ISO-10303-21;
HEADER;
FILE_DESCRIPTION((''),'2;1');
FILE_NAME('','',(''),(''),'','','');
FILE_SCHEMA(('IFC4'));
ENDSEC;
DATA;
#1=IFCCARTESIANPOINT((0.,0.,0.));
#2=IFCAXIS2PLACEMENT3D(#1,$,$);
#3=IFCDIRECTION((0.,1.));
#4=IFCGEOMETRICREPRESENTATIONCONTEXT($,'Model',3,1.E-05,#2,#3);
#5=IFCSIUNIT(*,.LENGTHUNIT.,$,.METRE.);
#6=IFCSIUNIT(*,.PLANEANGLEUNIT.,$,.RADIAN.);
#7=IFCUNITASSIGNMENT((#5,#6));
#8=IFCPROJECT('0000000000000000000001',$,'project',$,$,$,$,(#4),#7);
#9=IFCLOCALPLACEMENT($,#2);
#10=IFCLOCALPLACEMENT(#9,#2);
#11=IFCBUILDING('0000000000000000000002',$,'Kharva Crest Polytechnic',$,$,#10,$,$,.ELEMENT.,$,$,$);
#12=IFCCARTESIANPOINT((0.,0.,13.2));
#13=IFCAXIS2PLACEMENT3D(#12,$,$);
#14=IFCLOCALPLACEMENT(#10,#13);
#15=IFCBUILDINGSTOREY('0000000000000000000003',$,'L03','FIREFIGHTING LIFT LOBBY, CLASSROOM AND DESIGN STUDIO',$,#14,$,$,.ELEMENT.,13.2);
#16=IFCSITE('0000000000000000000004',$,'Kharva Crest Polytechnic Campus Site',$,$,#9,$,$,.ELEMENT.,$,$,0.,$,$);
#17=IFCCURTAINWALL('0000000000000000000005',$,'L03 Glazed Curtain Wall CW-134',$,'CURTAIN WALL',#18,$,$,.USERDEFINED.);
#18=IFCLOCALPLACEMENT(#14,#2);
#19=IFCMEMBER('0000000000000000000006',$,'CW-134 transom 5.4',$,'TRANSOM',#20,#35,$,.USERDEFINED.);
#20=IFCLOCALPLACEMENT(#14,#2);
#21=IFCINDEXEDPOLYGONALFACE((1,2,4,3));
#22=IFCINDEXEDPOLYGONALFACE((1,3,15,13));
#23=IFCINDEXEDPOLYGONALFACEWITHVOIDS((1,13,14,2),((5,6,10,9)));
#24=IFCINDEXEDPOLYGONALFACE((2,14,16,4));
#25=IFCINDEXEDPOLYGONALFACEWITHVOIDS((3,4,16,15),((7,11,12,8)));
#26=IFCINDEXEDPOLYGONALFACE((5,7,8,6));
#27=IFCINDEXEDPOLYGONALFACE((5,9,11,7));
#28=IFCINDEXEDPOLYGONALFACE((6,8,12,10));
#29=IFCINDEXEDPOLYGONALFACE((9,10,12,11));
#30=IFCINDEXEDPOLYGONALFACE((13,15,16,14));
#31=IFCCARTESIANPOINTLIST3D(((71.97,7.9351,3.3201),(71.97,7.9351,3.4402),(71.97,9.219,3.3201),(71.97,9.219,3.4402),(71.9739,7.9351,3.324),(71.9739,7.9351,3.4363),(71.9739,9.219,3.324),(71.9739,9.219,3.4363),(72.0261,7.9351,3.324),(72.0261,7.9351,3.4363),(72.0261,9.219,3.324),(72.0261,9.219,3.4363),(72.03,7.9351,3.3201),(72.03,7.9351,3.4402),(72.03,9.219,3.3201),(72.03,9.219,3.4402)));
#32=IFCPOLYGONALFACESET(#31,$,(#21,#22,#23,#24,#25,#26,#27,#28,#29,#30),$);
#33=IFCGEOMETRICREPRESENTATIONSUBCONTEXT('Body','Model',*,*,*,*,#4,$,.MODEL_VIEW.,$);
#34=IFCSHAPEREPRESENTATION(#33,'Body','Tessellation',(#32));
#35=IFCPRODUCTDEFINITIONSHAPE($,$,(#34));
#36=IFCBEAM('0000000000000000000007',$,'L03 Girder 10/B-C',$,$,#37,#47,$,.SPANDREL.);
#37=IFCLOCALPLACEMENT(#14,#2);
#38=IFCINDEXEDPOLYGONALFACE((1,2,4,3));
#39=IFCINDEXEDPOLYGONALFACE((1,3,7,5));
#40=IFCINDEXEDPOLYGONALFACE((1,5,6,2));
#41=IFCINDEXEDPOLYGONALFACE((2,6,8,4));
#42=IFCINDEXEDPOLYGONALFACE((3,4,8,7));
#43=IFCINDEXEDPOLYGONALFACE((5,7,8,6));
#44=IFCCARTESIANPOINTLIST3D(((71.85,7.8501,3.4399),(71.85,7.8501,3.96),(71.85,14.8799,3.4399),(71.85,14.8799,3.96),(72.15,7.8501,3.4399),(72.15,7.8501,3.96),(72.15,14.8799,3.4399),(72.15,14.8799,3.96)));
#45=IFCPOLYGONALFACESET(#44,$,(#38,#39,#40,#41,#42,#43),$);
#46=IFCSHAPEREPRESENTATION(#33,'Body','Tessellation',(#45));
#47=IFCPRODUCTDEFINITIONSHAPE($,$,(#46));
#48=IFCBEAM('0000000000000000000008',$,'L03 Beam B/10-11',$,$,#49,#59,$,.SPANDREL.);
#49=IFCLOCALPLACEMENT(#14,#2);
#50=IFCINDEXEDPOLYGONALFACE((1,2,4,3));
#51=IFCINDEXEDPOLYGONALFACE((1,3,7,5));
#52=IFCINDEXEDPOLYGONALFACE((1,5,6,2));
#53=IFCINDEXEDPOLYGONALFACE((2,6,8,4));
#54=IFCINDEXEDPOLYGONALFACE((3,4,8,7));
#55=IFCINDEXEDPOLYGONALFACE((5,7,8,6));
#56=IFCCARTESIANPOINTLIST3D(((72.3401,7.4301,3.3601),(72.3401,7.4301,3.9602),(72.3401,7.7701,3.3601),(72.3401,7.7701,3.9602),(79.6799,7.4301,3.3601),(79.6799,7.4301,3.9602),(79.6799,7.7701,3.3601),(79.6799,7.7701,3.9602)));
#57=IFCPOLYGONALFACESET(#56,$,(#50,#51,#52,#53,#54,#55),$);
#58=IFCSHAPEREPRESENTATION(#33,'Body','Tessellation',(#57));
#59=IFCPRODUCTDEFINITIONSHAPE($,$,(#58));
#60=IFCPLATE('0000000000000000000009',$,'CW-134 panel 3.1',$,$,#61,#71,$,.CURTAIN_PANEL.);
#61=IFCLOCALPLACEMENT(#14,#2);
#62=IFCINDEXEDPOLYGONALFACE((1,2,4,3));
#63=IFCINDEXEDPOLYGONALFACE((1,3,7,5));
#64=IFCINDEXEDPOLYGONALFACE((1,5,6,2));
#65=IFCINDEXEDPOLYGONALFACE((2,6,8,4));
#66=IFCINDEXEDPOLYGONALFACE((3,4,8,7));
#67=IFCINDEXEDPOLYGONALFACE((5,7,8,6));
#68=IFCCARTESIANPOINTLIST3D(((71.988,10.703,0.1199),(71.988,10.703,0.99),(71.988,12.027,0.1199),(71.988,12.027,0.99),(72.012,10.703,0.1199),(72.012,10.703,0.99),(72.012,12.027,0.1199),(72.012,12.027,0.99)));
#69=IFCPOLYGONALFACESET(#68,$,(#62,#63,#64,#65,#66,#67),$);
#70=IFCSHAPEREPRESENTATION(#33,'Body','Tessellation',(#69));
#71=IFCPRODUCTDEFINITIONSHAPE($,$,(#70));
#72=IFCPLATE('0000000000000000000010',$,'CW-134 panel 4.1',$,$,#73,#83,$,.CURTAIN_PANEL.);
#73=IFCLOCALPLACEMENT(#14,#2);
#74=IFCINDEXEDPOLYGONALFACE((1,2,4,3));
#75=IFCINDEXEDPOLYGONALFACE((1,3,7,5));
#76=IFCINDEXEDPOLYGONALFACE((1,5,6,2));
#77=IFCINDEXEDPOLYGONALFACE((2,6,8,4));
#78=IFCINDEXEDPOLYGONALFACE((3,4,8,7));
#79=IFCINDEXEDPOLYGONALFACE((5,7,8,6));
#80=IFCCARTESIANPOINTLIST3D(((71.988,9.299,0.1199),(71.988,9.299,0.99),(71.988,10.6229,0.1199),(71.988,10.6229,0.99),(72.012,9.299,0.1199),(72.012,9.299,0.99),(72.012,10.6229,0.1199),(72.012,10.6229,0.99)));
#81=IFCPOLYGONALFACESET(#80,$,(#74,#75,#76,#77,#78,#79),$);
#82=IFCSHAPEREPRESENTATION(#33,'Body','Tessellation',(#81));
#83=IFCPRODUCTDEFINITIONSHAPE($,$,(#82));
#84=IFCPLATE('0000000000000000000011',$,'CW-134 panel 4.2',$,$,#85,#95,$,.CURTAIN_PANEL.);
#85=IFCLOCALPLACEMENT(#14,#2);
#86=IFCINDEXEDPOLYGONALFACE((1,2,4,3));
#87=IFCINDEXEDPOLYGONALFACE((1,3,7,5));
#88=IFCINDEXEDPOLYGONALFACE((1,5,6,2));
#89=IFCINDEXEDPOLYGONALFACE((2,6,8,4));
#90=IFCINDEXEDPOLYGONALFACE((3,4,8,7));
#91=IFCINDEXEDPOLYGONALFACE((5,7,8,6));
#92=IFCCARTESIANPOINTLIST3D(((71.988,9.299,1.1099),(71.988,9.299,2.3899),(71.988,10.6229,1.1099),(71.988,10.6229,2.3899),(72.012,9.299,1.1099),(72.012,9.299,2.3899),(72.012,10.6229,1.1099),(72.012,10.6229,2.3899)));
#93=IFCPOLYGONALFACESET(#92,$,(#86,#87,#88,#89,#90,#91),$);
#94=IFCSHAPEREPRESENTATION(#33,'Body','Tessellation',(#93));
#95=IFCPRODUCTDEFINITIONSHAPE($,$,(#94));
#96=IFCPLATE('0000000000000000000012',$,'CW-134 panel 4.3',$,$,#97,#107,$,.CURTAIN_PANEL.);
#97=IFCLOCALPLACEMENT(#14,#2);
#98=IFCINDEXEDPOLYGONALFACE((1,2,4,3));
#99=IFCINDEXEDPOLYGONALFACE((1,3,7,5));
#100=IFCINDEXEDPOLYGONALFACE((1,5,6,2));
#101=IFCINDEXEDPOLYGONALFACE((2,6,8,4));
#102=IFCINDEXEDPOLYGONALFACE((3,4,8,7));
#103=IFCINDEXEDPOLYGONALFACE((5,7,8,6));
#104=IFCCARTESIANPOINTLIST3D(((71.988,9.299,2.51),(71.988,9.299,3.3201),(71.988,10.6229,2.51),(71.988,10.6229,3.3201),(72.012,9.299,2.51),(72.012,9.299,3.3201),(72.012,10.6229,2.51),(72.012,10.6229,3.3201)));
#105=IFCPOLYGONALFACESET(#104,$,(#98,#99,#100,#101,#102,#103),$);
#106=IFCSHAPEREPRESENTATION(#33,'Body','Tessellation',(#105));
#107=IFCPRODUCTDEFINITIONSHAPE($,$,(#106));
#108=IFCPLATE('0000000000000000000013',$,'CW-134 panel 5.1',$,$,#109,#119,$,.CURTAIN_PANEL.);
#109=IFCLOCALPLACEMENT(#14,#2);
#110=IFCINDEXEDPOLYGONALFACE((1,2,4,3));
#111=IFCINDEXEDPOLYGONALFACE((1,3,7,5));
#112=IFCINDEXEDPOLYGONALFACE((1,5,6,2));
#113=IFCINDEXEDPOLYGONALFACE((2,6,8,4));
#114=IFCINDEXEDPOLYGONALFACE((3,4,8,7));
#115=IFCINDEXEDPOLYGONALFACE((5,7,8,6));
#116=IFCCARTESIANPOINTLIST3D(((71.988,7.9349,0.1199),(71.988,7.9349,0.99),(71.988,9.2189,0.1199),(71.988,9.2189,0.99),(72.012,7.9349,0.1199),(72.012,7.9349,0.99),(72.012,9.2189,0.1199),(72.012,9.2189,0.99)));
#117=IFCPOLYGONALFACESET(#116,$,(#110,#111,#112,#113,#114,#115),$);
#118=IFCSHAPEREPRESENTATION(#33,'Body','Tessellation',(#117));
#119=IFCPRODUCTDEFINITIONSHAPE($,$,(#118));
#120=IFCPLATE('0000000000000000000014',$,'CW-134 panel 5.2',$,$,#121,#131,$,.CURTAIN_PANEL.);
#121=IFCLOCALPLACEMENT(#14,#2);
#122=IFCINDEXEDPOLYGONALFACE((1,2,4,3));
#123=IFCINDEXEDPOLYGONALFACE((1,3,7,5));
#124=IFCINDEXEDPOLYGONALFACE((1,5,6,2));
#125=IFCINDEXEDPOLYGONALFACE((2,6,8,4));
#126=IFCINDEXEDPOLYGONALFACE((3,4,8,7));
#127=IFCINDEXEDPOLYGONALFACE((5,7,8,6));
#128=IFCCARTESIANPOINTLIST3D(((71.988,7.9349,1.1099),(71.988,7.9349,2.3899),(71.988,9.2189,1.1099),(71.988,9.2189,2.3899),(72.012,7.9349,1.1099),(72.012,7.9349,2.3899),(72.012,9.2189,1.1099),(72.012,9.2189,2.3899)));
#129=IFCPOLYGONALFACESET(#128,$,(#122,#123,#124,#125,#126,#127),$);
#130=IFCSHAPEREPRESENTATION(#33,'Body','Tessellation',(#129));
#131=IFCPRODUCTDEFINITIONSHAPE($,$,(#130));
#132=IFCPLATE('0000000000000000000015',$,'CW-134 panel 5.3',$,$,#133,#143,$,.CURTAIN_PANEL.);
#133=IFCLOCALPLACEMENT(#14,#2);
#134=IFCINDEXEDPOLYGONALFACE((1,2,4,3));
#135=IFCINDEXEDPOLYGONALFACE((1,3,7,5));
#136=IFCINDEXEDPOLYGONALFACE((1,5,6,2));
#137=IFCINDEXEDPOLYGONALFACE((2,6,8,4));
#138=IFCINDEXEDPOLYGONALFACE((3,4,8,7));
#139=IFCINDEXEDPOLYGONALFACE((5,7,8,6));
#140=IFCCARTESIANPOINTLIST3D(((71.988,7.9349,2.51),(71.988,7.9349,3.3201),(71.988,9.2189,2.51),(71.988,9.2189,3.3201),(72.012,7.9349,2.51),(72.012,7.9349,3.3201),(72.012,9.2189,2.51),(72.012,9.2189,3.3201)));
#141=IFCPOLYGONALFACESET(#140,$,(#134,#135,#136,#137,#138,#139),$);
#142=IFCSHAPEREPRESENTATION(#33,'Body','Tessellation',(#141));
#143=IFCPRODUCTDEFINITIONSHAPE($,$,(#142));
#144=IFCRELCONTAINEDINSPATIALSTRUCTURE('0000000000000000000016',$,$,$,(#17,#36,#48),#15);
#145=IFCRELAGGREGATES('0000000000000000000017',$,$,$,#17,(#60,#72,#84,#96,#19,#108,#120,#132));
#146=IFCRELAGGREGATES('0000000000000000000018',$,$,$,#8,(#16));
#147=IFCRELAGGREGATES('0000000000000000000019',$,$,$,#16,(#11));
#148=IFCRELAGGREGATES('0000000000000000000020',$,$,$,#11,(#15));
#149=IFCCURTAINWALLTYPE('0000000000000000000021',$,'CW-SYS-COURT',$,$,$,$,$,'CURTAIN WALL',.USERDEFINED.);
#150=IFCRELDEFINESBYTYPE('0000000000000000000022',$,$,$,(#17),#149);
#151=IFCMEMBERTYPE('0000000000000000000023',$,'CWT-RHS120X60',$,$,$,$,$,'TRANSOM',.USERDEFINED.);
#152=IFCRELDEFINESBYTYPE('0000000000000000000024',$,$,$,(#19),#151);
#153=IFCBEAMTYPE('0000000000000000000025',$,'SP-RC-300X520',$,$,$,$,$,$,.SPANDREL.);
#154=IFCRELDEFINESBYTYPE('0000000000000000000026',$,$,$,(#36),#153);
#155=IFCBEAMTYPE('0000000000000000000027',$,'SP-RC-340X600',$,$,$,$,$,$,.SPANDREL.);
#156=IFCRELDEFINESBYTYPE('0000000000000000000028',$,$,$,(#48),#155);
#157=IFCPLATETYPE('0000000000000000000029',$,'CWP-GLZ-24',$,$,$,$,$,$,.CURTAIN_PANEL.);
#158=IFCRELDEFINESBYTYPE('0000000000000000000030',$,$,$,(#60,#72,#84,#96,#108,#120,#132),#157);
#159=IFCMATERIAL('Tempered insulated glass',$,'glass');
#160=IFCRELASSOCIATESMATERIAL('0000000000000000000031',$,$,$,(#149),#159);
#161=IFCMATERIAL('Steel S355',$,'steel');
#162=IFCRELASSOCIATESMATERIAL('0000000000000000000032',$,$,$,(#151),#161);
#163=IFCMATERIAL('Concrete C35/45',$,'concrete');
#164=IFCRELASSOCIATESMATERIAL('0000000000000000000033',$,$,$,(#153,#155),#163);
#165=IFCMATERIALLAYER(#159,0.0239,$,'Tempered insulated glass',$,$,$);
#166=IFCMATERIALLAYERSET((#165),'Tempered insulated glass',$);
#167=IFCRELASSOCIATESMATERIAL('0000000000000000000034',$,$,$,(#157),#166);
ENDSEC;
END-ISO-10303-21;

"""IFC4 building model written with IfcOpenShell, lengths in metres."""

from ifc_helpers import new_model, si_unit, direction, frame, origin, origin_2d, place, context, subcontext, project, spatial, rectangle, hollow_rectangle, extrude, material, layer, layer_set, material_profile, profile_set, type_object, element, aggregate, save


model = new_model("IFC4")

# Units and contexts
model_context = context("Model", 3, precision=1e-05, world=origin(), true_north=direction((0.0, 1.0)))
body_context = subcontext(model_context, "Body", "Model", "MODEL_VIEW")
ifc_project = project(units=[si_unit("LENGTHUNIT", "METRE"), si_unit("PLANEANGLEUNIT", "RADIAN")], contexts=[model_context])

# Site, building, storey
site_placement = place(None, origin())
site = spatial("IfcSite", under=ifc_project, at=site_placement, Name="Kharva Crest Polytechnic Campus Site", CompositionType="ELEMENT", RefElevation=0.0)
building_placement = place(site_placement, origin())
building = spatial("IfcBuilding", under=site, at=building_placement, Name="Kharva Crest Polytechnic", CompositionType="ELEMENT")
storey_placement = place(building_placement, frame((0.0, 0.0, 13.2)))
storey = spatial("IfcBuildingStorey", under=building, at=storey_placement, Name="L03", Description="FIREFIGHTING LIFT LOBBY, CLASSROOM AND DESIGN STUDIO", CompositionType="ELEMENT", Elevation=13.2)

# Curtain wall, member
ifc_material_1 = material(Name="Tempered insulated glass", Category="glass")
curtain_wall_type = type_object("IfcCurtainWallType", Name="CW-SYS-COURT", ElementType="CURTAIN WALL", PredefinedType="USERDEFINED", material=ifc_material_1)
curtain_wall_placement = place(storey_placement, origin())
curtain_wall = element("IfcCurtainWall", 1, at=curtain_wall_placement, inside=storey, type_object=curtain_wall_type, Name="L03 Glazed Curtain Wall CW-134", ObjectType="CURTAIN WALL", PredefinedType="USERDEFINED")
ifc_material_2 = material(Name="Steel S355", Category="steel")
ifc_material_profile_1 = material_profile(ifc_material_2, hollow_rectangle(XDim=0.0601, YDim=0.1201, WallThickness=0.0039, at=origin_2d()), Name="RHS 120X60X4.0")
ifc_profile_set_1 = profile_set([ifc_material_profile_1], Name="Steel S355")
member_type_1 = type_object("IfcMemberType", Name="CWT-RHS120X60", ElementType="TRANSOM", PredefinedType="USERDEFINED", material=ifc_profile_set_1)
member_1_placement = place(storey_placement, frame((72.0, 9.219, 3.3801), z_axis=(0.0, -1.0, 0.0), x_axis=(1.0, 0.0, 0.0)))
member_1 = element("IfcMember", 2, at=member_1_placement, type_object=member_type_1, Name="CW-134 transom 5.4", ObjectType="TRANSOM", PredefinedType="USERDEFINED", context=body_context, shape_type="SweptSolid", body=[
    extrude(hollow_rectangle(XDim=0.0601, YDim=0.1201, WallThickness=0.0039, at=origin_2d()), origin(), (0.0, 0.0, 1.0), 1.2839),
])

# Beams
ifc_material_3 = material(Name="Concrete C35/45", Category="concrete")
ifc_material_profile_2 = material_profile(ifc_material_3, rectangle(XDim=0.3, YDim=0.52, at=origin_2d()), Name="RECT 300 X 520")
ifc_profile_set_2 = profile_set([ifc_material_profile_2], Name="Concrete C35/45")
beam_type_1 = type_object("IfcBeamType", Name="SP-RC-300X520", PredefinedType="SPANDREL", material=ifc_profile_set_2)
beam_1_placement = place(storey_placement, frame((72.0, 7.8501, 3.7), z_axis=(0.0, 1.0, 0.0), x_axis=(-1.0, 0.0, 0.0)))
element("IfcBeam", 3, at=beam_1_placement, inside=storey, type_object=beam_type_1, Name="L03 Girder 10/B-C", PredefinedType="SPANDREL", context=body_context, shape_type="SweptSolid", body=[
    extrude(rectangle(XDim=0.3, YDim=0.52, at=origin_2d()), origin(), (0.0, 0.0, 1.0), 7.0298),
])
ifc_material_profile_3 = material_profile(ifc_material_3, rectangle(XDim=0.3401, YDim=0.6001, at=origin_2d()), Name="RECT 340 X 600")
ifc_profile_set_3 = profile_set([ifc_material_profile_3], Name="Concrete C35/45")
beam_type_2 = type_object("IfcBeamType", Name="SP-RC-340X600", PredefinedType="SPANDREL", material=ifc_profile_set_3)
beam_2_placement = place(storey_placement, frame((72.3401, 7.6001, 3.6602), z_axis=(1.0, 0.0, 0.0), x_axis=(0.0, 1.0, 0.0)))
element("IfcBeam", 4, at=beam_2_placement, inside=storey, type_object=beam_type_2, Name="L03 Beam B/10-11", PredefinedType="SPANDREL", context=body_context, shape_type="SweptSolid", body=[
    extrude(rectangle(XDim=0.3401, YDim=0.6001, at=origin_2d()), origin(), (0.0, 0.0, 1.0), 7.3398),
])

# Plates
ifc_layer_1 = layer(ifc_material_1, 0.0239, Name="Tempered insulated glass")
ifc_layer_set_1 = layer_set([ifc_layer_1], Name="Tempered insulated glass")
plate_type = type_object("IfcPlateType", Name="CWP-GLZ-24", PredefinedType="CURTAIN_PANEL", material=ifc_layer_set_1)
plate_1_placement = place(storey_placement, frame((72.0, 11.365, 0.1199), z_axis=(0.0, 0.0, 1.0), x_axis=(0.0, -1.0, 0.0)))
plate_1 = element("IfcPlate", 5, at=plate_1_placement, type_object=plate_type, Name="CW-134 panel 3.1", PredefinedType="CURTAIN_PANEL", context=body_context, shape_type="SweptSolid", body=[
    extrude(rectangle(XDim=1.324, YDim=0.0239, at=origin_2d()), origin(), (0.0, 0.0, 1.0), 0.8701),
])
plate_2_placement = place(storey_placement, frame((72.0, 9.9609, 0.1199), z_axis=(0.0, 0.0, 1.0), x_axis=(0.0, -1.0, 0.0)))
plate_2 = element("IfcPlate", 6, at=plate_2_placement, type_object=plate_type, Name="CW-134 panel 4.1", PredefinedType="CURTAIN_PANEL", context=body_context, shape_type="SweptSolid", body=[
    extrude(rectangle(XDim=1.324, YDim=0.0239, at=origin_2d()), origin(), (0.0, 0.0, 1.0), 0.8701),
])
plate_3_placement = place(storey_placement, frame((72.0, 9.9609, 1.1099), z_axis=(0.0, 0.0, 1.0), x_axis=(0.0, -1.0, 0.0)))
plate_3 = element("IfcPlate", 7, at=plate_3_placement, type_object=plate_type, Name="CW-134 panel 4.2", PredefinedType="CURTAIN_PANEL", context=body_context, shape_type="SweptSolid", body=[
    extrude(rectangle(XDim=1.324, YDim=0.0239, at=origin_2d()), origin(), (0.0, 0.0, 1.0), 1.28),
])
plate_4_placement = place(storey_placement, frame((72.0, 9.9609, 2.51), z_axis=(0.0, 0.0, 1.0), x_axis=(0.0, -1.0, 0.0)))
plate_4 = element("IfcPlate", 8, at=plate_4_placement, type_object=plate_type, Name="CW-134 panel 4.3", PredefinedType="CURTAIN_PANEL", context=body_context, shape_type="SweptSolid", body=[
    extrude(rectangle(XDim=1.324, YDim=0.0239, at=origin_2d()), origin(), (0.0, 0.0, 1.0), 0.8101),
])
plate_5_placement = place(storey_placement, frame((72.0, 8.5769, 0.1199), z_axis=(0.0, 0.0, 1.0), x_axis=(0.0, -1.0, 0.0)))
plate_5 = element("IfcPlate", 9, at=plate_5_placement, type_object=plate_type, Name="CW-134 panel 5.1", PredefinedType="CURTAIN_PANEL", context=body_context, shape_type="SweptSolid", body=[
    extrude(rectangle(XDim=1.2839, YDim=0.0239, at=origin_2d()), origin(), (0.0, 0.0, 1.0), 0.8701),
])
plate_6_placement = place(storey_placement, frame((72.0, 8.5769, 1.1099), z_axis=(0.0, 0.0, 1.0), x_axis=(0.0, -1.0, 0.0)))
plate_6 = element("IfcPlate", 10, at=plate_6_placement, type_object=plate_type, Name="CW-134 panel 5.2", PredefinedType="CURTAIN_PANEL", context=body_context, shape_type="SweptSolid", body=[
    extrude(rectangle(XDim=1.2839, YDim=0.0239, at=origin_2d()), origin(), (0.0, 0.0, 1.0), 1.28),
])
plate_7_placement = place(storey_placement, frame((72.0, 8.5769, 2.51), z_axis=(0.0, 0.0, 1.0), x_axis=(0.0, -1.0, 0.0)))
plate_7 = element("IfcPlate", 11, at=plate_7_placement, type_object=plate_type, Name="CW-134 panel 5.3", PredefinedType="CURTAIN_PANEL", context=body_context, shape_type="SweptSolid", body=[
    extrude(rectangle(XDim=1.2839, YDim=0.0239, at=origin_2d()), origin(), (0.0, 0.0, 1.0), 0.8101),
])
aggregate(curtain_wall, [plate_1, plate_2, plate_3, plate_4, member_1, plate_5, plate_6, plate_7])

save(model, "model.ifc")
